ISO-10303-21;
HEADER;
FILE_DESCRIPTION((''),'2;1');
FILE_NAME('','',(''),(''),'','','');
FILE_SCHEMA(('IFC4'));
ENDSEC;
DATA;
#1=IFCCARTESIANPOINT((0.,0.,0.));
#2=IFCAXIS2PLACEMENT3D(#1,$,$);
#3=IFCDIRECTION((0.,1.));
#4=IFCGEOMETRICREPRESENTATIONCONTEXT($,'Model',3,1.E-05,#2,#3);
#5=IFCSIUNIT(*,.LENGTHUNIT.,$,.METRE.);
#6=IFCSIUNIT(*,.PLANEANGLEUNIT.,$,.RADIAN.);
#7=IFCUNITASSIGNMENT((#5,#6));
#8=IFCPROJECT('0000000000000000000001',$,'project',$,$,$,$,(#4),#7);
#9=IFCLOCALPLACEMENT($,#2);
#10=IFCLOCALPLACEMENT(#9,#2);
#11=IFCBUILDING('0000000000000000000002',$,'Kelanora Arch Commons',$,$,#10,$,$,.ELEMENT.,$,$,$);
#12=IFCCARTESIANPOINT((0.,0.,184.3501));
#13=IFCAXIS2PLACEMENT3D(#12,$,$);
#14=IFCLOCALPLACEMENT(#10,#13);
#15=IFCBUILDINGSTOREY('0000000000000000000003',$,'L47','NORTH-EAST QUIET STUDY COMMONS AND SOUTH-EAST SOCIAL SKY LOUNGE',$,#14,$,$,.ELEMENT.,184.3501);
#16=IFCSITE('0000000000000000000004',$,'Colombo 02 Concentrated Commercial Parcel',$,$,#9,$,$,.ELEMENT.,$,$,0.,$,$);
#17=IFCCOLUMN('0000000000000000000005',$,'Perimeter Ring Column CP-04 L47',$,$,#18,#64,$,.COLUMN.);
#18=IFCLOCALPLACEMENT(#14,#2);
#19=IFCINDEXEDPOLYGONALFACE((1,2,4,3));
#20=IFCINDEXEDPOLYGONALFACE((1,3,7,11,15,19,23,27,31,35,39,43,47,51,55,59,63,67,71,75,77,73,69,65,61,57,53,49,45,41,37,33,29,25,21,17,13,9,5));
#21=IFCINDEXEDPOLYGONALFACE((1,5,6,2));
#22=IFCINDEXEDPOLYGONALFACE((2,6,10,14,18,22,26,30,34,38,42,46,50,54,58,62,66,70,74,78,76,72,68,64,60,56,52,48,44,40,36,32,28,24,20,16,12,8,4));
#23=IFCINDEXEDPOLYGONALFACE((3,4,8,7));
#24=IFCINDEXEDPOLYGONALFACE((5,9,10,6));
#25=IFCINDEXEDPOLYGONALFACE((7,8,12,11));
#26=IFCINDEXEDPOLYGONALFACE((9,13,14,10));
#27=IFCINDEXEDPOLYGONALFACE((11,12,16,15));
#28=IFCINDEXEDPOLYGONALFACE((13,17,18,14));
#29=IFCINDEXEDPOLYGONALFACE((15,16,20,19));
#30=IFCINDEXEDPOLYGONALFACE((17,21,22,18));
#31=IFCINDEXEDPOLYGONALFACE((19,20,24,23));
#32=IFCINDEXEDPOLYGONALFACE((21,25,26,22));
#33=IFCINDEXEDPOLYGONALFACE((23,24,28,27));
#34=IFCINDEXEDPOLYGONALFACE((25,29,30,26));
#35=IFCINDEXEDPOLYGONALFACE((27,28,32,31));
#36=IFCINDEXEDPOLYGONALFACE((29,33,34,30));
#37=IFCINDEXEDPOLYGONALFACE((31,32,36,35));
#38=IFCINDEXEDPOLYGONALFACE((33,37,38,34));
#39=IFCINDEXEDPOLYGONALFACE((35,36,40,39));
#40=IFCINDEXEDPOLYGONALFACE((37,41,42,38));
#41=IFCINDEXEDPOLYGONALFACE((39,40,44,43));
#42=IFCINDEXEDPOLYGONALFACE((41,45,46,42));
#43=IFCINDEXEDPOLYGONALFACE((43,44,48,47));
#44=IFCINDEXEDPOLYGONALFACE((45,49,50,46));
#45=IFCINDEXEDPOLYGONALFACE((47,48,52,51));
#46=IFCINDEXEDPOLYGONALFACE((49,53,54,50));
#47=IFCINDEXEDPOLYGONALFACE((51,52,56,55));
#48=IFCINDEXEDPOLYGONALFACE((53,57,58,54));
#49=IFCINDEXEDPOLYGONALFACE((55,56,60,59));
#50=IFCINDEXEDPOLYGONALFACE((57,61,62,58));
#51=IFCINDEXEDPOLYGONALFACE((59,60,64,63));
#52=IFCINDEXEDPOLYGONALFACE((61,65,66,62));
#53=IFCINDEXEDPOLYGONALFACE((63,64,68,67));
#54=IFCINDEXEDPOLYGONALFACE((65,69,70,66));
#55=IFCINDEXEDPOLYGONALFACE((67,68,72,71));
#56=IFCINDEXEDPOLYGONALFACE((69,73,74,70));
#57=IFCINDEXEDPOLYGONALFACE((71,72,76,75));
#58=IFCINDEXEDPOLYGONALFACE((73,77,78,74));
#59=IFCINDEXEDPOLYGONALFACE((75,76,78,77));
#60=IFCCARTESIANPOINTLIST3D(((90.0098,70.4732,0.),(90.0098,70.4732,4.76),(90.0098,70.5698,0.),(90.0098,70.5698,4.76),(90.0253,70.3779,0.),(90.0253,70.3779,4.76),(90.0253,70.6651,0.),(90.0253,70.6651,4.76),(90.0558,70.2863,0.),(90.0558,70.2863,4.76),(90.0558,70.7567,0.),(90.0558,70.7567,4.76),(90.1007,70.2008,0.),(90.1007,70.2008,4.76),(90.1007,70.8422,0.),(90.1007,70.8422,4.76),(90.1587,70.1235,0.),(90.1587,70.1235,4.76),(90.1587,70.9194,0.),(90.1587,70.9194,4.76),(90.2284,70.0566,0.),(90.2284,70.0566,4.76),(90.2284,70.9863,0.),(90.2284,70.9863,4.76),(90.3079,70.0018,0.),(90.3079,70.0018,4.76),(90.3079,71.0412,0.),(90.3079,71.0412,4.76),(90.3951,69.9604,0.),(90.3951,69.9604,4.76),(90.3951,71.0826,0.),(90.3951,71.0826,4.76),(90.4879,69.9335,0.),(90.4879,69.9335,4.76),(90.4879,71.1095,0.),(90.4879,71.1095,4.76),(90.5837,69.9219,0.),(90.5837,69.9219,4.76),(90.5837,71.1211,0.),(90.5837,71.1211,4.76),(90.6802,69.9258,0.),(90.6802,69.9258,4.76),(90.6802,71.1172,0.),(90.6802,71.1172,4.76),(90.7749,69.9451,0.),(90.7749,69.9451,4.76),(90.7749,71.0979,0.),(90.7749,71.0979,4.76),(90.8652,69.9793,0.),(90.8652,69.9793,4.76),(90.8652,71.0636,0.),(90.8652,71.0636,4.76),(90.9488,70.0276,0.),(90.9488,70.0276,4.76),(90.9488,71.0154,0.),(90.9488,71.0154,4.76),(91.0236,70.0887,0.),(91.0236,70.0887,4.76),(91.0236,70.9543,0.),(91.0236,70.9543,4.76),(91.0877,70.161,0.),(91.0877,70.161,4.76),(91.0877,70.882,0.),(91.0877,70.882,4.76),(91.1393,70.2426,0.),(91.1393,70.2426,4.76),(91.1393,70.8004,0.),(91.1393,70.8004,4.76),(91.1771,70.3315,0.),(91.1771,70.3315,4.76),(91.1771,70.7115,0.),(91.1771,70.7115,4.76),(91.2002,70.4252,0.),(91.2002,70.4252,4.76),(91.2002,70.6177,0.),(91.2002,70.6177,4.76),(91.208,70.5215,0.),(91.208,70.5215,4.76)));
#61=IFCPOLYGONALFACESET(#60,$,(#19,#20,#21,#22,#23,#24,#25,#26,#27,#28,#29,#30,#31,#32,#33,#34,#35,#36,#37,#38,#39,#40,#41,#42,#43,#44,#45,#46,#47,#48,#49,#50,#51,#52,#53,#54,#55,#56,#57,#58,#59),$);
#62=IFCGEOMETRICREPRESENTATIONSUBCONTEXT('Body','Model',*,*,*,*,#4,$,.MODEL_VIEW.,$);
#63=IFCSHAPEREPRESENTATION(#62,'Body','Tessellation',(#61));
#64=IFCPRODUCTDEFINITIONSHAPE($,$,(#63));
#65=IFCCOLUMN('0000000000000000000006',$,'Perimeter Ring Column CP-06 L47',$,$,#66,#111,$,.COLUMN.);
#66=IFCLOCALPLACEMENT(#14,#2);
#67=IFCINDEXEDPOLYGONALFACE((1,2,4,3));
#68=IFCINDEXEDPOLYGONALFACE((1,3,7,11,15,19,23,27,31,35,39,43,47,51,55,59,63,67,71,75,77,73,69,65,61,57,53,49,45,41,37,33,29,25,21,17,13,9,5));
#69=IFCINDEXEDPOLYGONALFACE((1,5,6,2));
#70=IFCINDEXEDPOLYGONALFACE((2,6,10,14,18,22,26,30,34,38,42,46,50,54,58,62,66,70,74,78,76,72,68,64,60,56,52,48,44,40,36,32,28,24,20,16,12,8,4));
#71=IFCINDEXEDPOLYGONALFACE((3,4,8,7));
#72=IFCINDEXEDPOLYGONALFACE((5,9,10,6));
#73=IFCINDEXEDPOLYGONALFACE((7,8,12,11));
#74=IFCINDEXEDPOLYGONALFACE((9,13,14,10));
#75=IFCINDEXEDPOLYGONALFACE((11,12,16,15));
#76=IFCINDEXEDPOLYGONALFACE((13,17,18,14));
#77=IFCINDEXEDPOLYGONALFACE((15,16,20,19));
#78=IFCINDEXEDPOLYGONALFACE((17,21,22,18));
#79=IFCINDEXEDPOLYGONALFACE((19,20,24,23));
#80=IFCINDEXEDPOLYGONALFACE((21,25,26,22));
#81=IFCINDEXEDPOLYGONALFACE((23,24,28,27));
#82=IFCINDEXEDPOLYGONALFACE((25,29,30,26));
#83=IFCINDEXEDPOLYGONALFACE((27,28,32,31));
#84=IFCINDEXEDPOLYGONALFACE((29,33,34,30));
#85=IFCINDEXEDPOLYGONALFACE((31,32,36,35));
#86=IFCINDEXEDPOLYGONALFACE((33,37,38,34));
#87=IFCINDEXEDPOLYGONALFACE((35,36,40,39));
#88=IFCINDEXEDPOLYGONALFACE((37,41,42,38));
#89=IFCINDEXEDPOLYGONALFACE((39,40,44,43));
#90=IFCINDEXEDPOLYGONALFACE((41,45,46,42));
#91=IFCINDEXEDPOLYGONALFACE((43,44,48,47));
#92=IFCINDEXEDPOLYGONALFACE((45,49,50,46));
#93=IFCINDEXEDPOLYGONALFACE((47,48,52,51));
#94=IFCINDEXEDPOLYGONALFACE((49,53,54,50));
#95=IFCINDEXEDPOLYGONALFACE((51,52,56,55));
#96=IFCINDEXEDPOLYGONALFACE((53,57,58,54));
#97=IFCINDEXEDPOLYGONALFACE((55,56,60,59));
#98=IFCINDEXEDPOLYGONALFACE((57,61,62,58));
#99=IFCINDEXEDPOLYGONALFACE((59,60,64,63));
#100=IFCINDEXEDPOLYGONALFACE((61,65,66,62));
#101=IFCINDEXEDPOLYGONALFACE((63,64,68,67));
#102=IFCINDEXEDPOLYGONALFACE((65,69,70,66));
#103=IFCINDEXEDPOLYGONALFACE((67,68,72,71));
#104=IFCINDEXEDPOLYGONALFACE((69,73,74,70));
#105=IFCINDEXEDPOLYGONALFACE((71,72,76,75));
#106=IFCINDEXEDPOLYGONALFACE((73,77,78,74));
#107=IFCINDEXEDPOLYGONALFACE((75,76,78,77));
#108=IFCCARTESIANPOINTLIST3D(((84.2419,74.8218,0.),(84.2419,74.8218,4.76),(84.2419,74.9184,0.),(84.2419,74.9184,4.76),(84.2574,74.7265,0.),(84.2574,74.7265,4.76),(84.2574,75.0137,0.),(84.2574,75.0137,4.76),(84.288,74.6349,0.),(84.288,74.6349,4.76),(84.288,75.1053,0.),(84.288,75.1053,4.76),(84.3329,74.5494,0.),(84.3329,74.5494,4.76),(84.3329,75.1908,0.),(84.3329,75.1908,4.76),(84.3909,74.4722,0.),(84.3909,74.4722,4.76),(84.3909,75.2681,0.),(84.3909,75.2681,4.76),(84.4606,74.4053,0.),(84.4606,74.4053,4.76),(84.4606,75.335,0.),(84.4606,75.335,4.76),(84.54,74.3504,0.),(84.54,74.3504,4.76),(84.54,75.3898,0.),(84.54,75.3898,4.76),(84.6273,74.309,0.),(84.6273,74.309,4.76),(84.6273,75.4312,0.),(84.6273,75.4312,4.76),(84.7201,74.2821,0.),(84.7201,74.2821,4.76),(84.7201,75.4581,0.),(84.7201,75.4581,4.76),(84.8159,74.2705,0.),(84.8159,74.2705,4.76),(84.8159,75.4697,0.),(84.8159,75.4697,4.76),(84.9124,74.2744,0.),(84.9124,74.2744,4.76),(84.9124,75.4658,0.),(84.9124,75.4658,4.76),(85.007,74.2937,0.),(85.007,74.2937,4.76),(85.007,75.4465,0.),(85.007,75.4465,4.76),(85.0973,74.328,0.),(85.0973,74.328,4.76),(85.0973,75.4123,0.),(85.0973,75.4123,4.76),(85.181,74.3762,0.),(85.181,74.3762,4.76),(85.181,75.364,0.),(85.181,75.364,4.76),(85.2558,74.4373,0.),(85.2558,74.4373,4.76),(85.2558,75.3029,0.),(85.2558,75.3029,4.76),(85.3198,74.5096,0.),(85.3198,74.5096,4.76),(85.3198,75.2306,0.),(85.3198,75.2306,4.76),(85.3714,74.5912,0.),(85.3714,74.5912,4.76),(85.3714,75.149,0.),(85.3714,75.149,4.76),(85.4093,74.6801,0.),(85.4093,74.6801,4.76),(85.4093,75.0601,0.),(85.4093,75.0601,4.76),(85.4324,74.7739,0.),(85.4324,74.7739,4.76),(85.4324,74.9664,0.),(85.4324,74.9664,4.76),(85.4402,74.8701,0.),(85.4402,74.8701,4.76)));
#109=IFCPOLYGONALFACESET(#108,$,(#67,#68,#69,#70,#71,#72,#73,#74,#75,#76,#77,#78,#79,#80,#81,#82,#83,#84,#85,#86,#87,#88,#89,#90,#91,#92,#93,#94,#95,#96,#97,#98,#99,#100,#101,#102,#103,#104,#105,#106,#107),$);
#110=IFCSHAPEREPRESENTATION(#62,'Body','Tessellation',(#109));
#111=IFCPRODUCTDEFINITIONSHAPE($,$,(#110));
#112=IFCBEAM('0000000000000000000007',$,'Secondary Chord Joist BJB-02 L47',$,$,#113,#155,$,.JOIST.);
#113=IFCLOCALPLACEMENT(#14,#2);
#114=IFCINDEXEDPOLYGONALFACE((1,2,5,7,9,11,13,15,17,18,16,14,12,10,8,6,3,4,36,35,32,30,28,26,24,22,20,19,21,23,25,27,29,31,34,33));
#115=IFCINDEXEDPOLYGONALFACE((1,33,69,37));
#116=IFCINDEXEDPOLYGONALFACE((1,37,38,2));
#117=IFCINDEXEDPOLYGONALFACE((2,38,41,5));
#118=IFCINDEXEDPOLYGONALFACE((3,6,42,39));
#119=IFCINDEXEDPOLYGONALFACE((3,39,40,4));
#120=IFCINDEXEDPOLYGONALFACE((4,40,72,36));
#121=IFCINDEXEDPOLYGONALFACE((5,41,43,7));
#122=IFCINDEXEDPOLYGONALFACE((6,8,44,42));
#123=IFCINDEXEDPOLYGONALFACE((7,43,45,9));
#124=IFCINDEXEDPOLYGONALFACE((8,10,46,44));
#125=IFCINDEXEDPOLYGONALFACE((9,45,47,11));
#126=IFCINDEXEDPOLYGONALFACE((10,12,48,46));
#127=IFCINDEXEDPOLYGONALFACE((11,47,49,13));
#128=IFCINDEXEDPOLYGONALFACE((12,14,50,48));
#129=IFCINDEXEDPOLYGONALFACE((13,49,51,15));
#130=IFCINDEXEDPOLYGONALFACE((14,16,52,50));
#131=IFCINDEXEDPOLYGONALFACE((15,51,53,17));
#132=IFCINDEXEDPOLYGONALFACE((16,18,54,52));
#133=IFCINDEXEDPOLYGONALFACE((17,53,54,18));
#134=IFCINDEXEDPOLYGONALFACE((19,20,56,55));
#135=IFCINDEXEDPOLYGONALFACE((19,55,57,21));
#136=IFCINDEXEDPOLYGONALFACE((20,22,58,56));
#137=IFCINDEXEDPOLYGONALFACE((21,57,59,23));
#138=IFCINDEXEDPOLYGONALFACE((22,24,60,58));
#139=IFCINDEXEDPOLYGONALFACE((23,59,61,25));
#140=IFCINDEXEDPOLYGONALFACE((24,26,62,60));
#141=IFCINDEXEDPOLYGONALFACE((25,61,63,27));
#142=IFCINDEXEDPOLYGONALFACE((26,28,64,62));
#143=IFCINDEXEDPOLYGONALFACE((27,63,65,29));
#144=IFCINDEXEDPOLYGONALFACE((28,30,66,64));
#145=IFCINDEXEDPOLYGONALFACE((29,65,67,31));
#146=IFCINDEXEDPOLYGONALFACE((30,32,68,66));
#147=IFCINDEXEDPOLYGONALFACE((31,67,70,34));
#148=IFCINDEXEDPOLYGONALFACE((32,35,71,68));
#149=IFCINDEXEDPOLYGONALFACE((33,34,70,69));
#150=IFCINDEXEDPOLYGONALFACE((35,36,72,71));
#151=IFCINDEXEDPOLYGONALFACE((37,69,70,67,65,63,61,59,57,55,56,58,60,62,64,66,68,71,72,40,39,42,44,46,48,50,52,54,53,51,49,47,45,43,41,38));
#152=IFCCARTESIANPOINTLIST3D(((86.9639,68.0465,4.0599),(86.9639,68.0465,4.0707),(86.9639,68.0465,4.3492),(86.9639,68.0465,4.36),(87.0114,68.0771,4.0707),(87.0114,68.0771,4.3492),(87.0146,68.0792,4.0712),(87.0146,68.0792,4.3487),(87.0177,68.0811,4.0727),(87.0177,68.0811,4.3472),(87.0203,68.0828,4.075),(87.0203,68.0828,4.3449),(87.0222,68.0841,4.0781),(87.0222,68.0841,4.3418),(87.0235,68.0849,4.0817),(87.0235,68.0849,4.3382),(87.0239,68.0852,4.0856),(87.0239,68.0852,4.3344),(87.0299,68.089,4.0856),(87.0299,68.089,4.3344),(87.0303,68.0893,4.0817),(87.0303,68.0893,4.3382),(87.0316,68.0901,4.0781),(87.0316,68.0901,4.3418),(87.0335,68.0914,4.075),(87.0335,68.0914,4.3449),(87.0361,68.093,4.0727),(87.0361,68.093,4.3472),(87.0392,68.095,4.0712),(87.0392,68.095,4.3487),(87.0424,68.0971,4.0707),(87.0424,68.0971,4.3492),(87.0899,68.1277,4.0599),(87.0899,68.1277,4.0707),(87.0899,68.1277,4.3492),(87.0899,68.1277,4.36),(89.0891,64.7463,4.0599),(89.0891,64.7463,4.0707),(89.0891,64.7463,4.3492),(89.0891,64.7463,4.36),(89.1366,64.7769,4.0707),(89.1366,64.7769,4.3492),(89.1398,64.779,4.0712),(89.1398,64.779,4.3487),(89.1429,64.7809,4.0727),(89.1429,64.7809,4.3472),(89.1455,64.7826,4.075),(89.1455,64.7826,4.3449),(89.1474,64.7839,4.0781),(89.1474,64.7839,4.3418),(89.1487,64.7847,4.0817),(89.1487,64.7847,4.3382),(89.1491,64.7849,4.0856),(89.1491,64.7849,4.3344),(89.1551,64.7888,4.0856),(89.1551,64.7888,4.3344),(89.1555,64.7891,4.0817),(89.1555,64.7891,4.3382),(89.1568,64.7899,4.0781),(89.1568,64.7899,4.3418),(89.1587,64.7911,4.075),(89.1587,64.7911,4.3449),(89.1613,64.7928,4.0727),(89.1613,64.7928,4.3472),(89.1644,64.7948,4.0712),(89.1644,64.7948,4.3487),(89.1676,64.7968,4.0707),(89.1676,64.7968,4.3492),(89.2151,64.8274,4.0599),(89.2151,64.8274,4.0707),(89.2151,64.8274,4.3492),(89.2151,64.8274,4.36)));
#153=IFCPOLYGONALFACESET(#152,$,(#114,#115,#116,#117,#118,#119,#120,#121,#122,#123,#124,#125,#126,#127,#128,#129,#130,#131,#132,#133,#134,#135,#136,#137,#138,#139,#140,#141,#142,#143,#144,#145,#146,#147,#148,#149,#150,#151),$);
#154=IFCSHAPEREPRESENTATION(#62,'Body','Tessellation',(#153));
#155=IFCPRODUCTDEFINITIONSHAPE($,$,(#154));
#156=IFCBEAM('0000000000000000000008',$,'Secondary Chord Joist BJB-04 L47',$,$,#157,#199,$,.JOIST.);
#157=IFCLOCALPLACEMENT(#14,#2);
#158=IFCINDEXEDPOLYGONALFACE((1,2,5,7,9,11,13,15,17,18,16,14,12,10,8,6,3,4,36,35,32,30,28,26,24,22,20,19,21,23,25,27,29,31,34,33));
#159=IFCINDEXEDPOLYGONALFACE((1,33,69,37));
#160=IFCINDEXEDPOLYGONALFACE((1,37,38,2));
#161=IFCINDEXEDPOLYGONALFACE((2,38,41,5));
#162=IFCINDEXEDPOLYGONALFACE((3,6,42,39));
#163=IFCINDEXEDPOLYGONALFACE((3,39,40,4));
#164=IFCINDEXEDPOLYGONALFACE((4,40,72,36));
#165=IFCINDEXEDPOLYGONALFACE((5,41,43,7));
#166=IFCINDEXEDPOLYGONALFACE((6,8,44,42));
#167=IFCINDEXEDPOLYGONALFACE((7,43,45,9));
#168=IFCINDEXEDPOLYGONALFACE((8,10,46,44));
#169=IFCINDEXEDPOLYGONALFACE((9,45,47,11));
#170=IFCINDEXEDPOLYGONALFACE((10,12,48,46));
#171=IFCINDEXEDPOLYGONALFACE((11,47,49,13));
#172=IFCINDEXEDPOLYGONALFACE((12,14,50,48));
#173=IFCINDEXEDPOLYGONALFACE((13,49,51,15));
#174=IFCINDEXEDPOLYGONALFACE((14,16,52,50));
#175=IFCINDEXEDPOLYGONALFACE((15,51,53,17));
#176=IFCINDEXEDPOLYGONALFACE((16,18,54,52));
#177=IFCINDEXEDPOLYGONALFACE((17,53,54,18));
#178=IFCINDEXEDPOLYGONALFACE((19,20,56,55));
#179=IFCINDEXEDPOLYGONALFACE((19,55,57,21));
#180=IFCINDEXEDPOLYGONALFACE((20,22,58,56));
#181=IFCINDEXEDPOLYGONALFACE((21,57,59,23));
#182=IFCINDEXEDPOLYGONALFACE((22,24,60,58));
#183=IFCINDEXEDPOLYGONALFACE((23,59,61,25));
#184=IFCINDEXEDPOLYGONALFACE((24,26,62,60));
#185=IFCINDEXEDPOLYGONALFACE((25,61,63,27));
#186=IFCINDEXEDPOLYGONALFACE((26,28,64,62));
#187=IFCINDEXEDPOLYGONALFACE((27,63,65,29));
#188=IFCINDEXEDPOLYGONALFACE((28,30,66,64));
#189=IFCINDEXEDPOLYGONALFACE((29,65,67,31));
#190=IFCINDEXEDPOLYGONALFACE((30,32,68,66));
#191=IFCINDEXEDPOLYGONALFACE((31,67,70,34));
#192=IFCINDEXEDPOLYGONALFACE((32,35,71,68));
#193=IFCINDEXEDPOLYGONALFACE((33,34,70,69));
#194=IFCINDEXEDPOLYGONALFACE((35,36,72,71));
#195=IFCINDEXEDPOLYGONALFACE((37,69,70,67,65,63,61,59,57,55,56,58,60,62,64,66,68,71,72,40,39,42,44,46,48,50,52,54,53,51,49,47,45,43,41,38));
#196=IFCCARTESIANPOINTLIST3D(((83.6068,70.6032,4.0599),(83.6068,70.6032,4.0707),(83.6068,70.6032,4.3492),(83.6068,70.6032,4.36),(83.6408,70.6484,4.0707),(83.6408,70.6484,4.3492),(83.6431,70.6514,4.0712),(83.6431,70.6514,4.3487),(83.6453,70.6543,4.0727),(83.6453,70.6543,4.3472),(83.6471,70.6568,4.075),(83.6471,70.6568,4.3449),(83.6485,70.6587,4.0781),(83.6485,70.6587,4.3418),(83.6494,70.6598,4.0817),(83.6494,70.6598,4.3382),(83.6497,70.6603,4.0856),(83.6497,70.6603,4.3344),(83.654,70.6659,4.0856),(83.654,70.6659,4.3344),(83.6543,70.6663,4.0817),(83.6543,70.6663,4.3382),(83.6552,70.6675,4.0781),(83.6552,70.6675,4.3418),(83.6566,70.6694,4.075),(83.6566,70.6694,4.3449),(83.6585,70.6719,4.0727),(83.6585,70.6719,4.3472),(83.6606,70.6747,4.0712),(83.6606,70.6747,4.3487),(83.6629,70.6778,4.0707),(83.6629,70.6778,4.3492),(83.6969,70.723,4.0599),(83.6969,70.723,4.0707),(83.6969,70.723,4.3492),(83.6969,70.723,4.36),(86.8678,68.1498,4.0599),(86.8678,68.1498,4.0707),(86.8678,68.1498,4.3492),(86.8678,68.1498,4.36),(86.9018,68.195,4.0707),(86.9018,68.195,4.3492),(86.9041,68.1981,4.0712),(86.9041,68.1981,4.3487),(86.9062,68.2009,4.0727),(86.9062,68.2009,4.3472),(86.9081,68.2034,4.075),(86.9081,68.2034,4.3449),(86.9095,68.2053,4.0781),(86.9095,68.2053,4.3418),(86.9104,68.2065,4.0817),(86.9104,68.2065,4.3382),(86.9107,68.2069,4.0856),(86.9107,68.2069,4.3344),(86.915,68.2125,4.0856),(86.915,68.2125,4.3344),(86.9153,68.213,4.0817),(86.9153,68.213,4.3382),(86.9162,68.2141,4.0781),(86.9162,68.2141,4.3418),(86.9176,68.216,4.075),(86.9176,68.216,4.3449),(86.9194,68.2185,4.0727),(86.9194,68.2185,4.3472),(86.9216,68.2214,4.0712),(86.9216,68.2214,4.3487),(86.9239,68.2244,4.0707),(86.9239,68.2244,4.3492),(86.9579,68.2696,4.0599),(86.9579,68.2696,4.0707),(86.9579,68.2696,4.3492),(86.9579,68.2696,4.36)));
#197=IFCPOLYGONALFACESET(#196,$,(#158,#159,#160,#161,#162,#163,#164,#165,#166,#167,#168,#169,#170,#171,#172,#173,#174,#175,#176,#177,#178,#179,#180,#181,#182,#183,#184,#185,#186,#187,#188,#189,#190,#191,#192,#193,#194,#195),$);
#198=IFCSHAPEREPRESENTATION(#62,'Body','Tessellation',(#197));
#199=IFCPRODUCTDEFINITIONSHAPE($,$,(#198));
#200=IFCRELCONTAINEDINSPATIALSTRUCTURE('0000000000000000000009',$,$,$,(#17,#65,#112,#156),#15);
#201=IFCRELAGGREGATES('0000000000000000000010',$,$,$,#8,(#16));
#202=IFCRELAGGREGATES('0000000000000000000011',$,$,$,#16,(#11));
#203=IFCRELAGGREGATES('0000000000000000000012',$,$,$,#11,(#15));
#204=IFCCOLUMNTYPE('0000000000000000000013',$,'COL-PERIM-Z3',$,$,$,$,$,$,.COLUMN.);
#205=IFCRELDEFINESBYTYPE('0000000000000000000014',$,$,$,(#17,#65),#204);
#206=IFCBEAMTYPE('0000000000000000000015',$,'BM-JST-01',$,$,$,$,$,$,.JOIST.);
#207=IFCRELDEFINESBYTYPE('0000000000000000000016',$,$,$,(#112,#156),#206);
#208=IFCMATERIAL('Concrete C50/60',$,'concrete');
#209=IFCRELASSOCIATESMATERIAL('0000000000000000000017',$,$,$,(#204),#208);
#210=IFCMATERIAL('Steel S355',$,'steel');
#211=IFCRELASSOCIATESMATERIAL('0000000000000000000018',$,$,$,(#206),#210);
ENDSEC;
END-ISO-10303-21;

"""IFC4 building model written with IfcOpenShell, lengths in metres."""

from ifc_helpers import new_model, si_unit, direction, frame, origin, origin_2d, place, context, subcontext, project, spatial, circle, i_section, extrude, material, material_profile, profile_set, type_object, element, save


model = new_model("IFC4")

# Units and contexts
model_context = context("Model", 3, precision=1e-05, world=origin(), true_north=direction((0.0, 1.0)))
body_context = subcontext(model_context, "Body", "Model", "MODEL_VIEW")
ifc_project = project(units=[si_unit("LENGTHUNIT", "METRE"), si_unit("PLANEANGLEUNIT", "RADIAN")], contexts=[model_context])

# Site, building, storey
site_placement = place(None, origin())
site = spatial("IfcSite", under=ifc_project, at=site_placement, Name="Colombo 02 Concentrated Commercial Parcel", CompositionType="ELEMENT", RefElevation=0.0)
building_placement = place(site_placement, origin())
building = spatial("IfcBuilding", under=site, at=building_placement, Name="Kelanora Arch Commons", CompositionType="ELEMENT")
storey_placement = place(building_placement, frame((0.0, 0.0, 184.3501)))
storey = spatial("IfcBuildingStorey", under=building, at=storey_placement, Name="L47", Description="NORTH-EAST QUIET STUDY COMMONS AND SOUTH-EAST SOCIAL SKY LOUNGE", CompositionType="ELEMENT", Elevation=184.3501)

# Columns
ifc_material_1 = material(Name="Concrete C50/60", Category="concrete")
ifc_material_profile_1 = material_profile(ifc_material_1, circle(Radius=0.6001, at=origin_2d()), Name="RCC1200")
ifc_profile_set_1 = profile_set([ifc_material_profile_1], Name="Concrete C50/60")
column_type = type_object("IfcColumnType", Name="COL-PERIM-Z3", PredefinedType="COLUMN", material=ifc_profile_set_1)
for number, where, z_axis, x_axis, name in (
    (1, (90.6079, 70.5215, 0.0), (0.0, 0.0, 1.0), (1.0, 0.0, 0.0), "Perimeter Ring Column CP-04 L47"),
    (2, (84.8401, 74.8701, 0.0), (0.0, 0.0, 1.0), (1.0, 0.0, 0.0), "Perimeter Ring Column CP-06 L47"),
):
    element("IfcColumn", number, at=place(storey_placement, frame(where, z_axis=z_axis, x_axis=x_axis)), inside=storey, type_object=column_type, Name=name, PredefinedType="COLUMN", context=body_context, shape_type="SweptSolid", body=[
        extrude(circle(Radius=0.6001, at=origin_2d()), origin(), (0.0, 0.0, 1.0), 4.76),
    ])

# Beams
ifc_material_2 = material(Name="Steel S355", Category="steel")
ifc_material_profile_2 = material_profile(ifc_material_2, i_section(OverallWidth=0.1499, OverallDepth=0.3, WebThickness=0.0071, FlangeThickness=0.0107, FilletRadius=0.0149, at=origin_2d()), Name="IPE300")
ifc_profile_set_2 = profile_set([ifc_material_profile_2], Name="Steel S355")
beam_type_1 = type_object("IfcBeamType", Name="BM-JST-01", PredefinedType="JOIST", material=ifc_profile_set_2)
beam_1_placement = place(storey_placement, frame((89.1521, 64.7869, 4.21), z_axis=(-0.541411, 0.840758, 0.0), x_axis=(-0.840758, -0.541411, 0.0)))
element("IfcBeam", 3, at=beam_1_placement, inside=storey, type_object=beam_type_1, Name="Secondary Chord Joist BJB-02 L47", PredefinedType="JOIST", context=body_context, shape_type="SweptSolid", body=[
    extrude(i_section(OverallWidth=0.1499, OverallDepth=0.3, WebThickness=0.0071, FlangeThickness=0.0107, FilletRadius=0.0149, at=origin_2d()), origin(), (0.0, 0.0, 1.0), 3.9253),
])
beam_2_placement = place(storey_placement, frame((86.9128, 68.2097, 4.21), z_axis=(-0.799102, 0.601196, 0.0), x_axis=(-0.601196, -0.799102, 0.0)))
element("IfcBeam", 4, at=beam_2_placement, inside=storey, type_object=beam_type_1, Name="Secondary Chord Joist BJB-04 L47", PredefinedType="JOIST", context=body_context, shape_type="SweptSolid", body=[
    extrude(i_section(OverallWidth=0.1499, OverallDepth=0.3, WebThickness=0.0071, FlangeThickness=0.0107, FilletRadius=0.0149, at=origin_2d()), origin(), (0.0, 0.0, 1.0), 4.0808),
])

save(model, "model.ifc")
